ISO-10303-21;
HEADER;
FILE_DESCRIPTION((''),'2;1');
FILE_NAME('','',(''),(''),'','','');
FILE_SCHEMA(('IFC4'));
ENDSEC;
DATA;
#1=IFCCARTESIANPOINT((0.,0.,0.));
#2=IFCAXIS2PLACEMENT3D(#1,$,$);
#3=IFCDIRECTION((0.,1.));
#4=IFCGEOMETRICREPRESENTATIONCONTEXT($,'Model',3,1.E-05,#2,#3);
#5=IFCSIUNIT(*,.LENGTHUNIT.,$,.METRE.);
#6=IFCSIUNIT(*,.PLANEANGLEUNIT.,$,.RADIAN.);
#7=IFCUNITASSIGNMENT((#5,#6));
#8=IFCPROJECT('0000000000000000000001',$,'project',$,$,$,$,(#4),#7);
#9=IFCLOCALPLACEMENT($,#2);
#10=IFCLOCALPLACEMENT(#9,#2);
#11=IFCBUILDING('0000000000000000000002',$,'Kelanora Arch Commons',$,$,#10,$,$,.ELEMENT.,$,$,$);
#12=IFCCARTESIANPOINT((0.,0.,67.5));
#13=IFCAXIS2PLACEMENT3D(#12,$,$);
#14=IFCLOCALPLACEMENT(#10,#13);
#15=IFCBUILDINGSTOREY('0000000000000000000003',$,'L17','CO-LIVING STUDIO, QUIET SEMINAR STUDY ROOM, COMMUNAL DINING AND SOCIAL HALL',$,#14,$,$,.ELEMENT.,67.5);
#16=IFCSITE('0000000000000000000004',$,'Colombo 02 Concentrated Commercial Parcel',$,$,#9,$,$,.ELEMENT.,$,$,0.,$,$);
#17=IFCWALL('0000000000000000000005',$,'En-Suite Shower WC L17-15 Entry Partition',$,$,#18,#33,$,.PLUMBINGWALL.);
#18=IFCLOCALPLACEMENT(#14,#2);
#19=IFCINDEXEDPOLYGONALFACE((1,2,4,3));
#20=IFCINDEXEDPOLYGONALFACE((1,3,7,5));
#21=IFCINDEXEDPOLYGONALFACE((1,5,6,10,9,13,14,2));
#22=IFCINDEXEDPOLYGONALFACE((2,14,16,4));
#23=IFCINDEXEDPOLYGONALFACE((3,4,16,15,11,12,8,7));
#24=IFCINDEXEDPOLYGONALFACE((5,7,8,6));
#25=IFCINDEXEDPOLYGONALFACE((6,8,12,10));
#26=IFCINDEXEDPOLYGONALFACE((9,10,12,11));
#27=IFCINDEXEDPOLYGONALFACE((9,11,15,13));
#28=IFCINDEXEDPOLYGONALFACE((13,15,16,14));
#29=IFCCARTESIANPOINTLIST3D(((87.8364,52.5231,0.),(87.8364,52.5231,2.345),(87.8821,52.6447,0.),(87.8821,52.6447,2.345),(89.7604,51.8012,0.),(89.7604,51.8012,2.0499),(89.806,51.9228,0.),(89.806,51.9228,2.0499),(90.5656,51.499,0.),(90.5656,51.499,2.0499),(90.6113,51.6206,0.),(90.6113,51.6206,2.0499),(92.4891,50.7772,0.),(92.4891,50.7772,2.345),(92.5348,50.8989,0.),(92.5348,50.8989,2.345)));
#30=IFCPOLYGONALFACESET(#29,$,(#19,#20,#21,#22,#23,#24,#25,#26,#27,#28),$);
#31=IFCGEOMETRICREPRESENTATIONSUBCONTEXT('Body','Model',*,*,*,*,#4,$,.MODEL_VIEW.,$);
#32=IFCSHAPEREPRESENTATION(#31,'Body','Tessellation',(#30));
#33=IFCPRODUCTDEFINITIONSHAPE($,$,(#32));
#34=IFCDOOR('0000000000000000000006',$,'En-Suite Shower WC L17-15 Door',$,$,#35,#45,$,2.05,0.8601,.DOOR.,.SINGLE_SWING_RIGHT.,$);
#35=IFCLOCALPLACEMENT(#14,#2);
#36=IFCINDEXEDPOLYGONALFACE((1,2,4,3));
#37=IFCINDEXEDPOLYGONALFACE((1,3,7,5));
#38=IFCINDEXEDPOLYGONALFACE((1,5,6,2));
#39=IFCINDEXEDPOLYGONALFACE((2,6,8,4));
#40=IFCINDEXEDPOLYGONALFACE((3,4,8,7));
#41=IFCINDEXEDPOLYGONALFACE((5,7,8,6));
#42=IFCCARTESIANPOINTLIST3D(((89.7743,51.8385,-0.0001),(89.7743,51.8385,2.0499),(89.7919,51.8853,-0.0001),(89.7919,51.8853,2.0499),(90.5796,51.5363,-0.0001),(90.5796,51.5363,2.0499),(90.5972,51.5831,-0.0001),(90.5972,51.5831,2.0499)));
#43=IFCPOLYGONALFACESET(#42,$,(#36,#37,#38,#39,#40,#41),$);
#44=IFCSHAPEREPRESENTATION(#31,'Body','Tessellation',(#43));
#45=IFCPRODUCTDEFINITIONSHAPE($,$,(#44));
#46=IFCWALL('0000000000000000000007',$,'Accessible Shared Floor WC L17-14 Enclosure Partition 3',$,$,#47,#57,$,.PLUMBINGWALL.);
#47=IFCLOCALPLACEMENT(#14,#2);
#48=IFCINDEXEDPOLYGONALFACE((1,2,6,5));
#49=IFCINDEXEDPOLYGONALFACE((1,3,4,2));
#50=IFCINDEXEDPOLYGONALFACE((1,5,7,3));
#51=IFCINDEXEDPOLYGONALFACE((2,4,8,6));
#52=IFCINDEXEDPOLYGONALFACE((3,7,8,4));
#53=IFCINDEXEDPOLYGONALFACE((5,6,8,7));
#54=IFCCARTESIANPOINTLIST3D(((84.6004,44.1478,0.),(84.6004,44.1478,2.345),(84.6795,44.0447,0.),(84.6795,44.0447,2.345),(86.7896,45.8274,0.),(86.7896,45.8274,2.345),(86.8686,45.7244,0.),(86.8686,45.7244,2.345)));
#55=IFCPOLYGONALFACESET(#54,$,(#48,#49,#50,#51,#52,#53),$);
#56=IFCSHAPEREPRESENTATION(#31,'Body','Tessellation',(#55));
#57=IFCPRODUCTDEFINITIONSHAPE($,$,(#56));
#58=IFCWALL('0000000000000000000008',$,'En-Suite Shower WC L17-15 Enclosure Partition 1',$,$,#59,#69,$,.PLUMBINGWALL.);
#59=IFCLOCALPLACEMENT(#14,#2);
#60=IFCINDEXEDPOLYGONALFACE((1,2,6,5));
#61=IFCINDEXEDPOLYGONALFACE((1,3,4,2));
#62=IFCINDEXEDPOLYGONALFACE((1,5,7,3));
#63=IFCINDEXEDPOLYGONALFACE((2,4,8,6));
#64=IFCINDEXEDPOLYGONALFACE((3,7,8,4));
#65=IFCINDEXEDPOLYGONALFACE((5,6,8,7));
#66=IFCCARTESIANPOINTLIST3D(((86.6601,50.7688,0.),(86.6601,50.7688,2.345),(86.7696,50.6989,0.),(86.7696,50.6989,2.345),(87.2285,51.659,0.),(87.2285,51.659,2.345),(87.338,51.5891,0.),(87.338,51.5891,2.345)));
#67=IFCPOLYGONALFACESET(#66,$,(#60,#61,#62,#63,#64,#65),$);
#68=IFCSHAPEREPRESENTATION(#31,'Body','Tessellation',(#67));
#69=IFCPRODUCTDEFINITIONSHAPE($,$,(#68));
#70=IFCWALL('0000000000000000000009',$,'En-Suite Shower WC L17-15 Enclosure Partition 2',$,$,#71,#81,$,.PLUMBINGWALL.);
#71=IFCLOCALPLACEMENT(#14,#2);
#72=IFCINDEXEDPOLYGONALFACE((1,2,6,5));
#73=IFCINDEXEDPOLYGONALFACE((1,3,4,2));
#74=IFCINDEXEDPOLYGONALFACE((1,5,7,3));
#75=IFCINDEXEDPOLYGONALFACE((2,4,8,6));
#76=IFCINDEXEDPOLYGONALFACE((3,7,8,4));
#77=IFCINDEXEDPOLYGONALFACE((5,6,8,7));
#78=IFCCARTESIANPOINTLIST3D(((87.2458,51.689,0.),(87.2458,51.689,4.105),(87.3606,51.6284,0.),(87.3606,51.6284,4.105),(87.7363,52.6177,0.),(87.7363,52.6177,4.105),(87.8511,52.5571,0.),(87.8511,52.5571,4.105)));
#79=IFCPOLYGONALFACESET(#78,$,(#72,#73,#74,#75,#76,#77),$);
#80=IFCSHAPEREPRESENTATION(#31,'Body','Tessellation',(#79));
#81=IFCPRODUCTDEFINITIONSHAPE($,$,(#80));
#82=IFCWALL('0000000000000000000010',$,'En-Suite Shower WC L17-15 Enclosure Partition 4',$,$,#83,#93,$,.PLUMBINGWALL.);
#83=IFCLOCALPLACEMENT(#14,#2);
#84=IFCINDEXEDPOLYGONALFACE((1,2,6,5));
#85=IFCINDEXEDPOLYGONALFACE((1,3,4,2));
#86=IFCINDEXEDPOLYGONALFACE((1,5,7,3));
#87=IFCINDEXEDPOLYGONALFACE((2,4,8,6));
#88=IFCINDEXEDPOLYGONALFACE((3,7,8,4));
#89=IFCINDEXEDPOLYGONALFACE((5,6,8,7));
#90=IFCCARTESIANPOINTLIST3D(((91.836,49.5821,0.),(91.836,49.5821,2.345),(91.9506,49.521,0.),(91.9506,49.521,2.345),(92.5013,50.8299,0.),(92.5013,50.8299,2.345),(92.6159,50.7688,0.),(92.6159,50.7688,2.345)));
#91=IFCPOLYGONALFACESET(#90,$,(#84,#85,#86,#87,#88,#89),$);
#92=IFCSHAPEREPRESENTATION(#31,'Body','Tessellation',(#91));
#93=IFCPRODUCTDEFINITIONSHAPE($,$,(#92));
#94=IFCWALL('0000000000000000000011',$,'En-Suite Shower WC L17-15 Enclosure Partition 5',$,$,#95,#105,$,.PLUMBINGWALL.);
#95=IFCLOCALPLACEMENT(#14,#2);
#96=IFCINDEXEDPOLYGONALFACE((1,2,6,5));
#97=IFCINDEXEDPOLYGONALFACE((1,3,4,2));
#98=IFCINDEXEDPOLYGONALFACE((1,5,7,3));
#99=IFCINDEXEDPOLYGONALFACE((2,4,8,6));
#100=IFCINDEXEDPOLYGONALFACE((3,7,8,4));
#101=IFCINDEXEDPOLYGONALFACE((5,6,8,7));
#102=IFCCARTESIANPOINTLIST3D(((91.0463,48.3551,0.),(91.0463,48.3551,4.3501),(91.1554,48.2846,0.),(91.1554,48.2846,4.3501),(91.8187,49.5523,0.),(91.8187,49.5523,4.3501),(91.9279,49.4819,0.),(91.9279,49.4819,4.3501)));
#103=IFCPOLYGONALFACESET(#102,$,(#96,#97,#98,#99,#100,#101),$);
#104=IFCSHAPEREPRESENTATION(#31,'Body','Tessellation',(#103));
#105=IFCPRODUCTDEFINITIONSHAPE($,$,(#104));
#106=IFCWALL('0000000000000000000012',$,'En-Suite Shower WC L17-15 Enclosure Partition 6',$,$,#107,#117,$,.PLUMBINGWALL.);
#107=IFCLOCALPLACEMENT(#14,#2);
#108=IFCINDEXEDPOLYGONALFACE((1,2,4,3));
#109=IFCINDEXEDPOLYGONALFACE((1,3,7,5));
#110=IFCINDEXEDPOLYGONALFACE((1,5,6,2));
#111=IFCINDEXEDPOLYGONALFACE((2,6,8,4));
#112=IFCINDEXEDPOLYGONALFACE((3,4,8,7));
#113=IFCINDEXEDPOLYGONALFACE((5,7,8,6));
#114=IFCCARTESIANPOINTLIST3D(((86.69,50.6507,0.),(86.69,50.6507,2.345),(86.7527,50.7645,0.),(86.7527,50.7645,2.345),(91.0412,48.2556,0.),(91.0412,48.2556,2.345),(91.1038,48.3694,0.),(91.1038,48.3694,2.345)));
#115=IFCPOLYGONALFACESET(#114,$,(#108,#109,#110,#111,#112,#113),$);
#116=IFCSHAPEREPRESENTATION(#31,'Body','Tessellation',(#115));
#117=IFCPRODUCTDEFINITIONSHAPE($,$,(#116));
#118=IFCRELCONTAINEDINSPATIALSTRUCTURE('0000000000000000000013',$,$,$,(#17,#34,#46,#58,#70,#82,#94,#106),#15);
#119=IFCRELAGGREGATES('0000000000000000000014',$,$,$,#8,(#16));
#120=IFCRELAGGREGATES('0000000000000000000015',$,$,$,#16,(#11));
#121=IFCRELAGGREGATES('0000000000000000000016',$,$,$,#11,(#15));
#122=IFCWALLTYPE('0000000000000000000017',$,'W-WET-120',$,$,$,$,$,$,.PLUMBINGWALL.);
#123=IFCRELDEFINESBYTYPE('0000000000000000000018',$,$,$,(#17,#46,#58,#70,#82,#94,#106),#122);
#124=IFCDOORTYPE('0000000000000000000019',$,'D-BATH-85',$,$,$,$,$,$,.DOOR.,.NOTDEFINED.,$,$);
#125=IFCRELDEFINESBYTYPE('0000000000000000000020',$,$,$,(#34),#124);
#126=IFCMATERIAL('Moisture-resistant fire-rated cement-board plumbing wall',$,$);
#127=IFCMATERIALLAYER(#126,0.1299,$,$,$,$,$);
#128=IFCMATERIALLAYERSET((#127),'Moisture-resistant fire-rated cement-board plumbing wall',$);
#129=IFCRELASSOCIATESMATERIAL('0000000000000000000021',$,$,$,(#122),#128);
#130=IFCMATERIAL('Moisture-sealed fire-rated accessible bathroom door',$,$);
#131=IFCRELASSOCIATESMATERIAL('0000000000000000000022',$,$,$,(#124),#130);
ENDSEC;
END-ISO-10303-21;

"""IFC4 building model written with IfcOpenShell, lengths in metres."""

from ifc_helpers import new_model, si_unit, direction, frame, frame_2d, origin, place, context, subcontext, project, spatial, rectangle, extrude, material, layer, layer_set, type_object, element, fill, save


model = new_model("IFC4")

# Units and contexts
model_context = context("Model", 3, precision=1e-05, world=origin(), true_north=direction((0.0, 1.0)))
body_context = subcontext(model_context, "Body", "Model", "MODEL_VIEW")
ifc_project = project(units=[si_unit("LENGTHUNIT", "METRE"), si_unit("PLANEANGLEUNIT", "RADIAN")], contexts=[model_context])

# Site, building, storey
site_placement = place(None, origin())
site = spatial("IfcSite", under=ifc_project, at=site_placement, Name="Colombo 02 Concentrated Commercial Parcel", CompositionType="ELEMENT", RefElevation=0.0)
building_placement = place(site_placement, origin())
building = spatial("IfcBuilding", under=site, at=building_placement, Name="Kelanora Arch Commons", CompositionType="ELEMENT")
storey_placement = place(building_placement, frame((0.0, 0.0, 67.5)))
storey = spatial("IfcBuildingStorey", under=building, at=storey_placement, Name="L17", Description="CO-LIVING STUDIO, QUIET SEMINAR STUDY ROOM, COMMUNAL DINING AND SOCIAL HALL", CompositionType="ELEMENT", Elevation=67.5)

# Wall, opening, door
ifc_material_1 = material(Name="Moisture-resistant fire-rated cement-board plumbing wall")
ifc_layer_1 = layer(ifc_material_1, 0.1299)
ifc_layer_set_1 = layer_set([ifc_layer_1], Name="Moisture-resistant fire-rated cement-board plumbing wall")
wall_type_1 = type_object("IfcWallType", Name="W-WET-120", PredefinedType="PLUMBINGWALL", material=ifc_layer_set_1)
wall_1_placement = place(storey_placement, frame((87.8591, 52.584, 0.0), z_axis=(0.0, 0.0, 1.0), x_axis=(0.936254, -0.351323, 0.0)))
wall_1 = element("IfcWall", 1, at=wall_1_placement, inside=storey, type_object=wall_type_1, Name="En-Suite Shower WC L17-15 Entry Partition", PredefinedType="PLUMBINGWALL", context=body_context, shape_type="SweptSolid", body=[
    extrude(rectangle(XDim=4.9695, YDim=0.1299, at=frame_2d((2.4849, 0.0))), origin(), (0.0, 0.0, 1.0), 2.345),
])
opening_1_placement = place(wall_1_placement, frame((2.0549, 0.0, 0.0)))
opening_1 = element("IfcOpeningElement", 2, at=opening_1_placement, cuts=wall_1, PredefinedType="OPENING", context=body_context, shape_type="SweptSolid", body=[
    extrude(rectangle(XDim=0.8601, YDim=2.05, at=frame_2d((0.4302, 1.0249))), frame((0.0, 0.075, 0.0), z_axis=(0.0, -1.0, 0.0), x_axis=(1.0, 0.0, 0.0)), (0.0, 0.0, 1.0), 0.1499),
])
ifc_material_2 = material(Name="Moisture-sealed fire-rated accessible bathroom door")
door_type_1 = type_object("IfcDoorType", Name="D-BATH-85", OperationType="NOTDEFINED", PredefinedType="DOOR", material=ifc_material_2)
door_1_placement = place(opening_1_placement, origin())
door_1 = element("IfcDoor", 3, at=door_1_placement, inside=storey, type_object=door_type_1, Name="En-Suite Shower WC L17-15 Door", OperationType="SINGLE_SWING_RIGHT", OverallHeight=2.05, OverallWidth=0.8601, PredefinedType="DOOR", context=body_context, shape_type="SweptSolid", body=[
    extrude(rectangle(XDim=0.8601, YDim=2.05, at=frame_2d((0.4302, 1.0249))), frame((0.0, 0.0249, 0.0), z_axis=(0.0, -1.0, 0.0), x_axis=(1.0, 0.0, 0.0)), (0.0, 0.0, 1.0), 0.05),
])
fill(opening_1, door_1)

# Walls
wall_2_placement = place(storey_placement, frame((86.8291, 45.7759, 0.0), z_axis=(0.0, 0.0, 1.0), x_axis=(-0.79338, -0.608727, 0.0)))
element("IfcWall", 4, at=wall_2_placement, inside=storey, type_object=wall_type_1, Name="Accessible Shared Floor WC L17-14 Enclosure Partition 3", PredefinedType="PLUMBINGWALL", context=body_context, shape_type="SweptSolid", body=[
    extrude(rectangle(XDim=2.7593, YDim=0.1299, at=frame_2d((1.3796, 0.0))), origin(), (0.0, 0.0, 1.0), 2.345),
])
wall_3_placement = place(storey_placement, frame((86.7148, 50.7339, 0.0), z_axis=(0.0, 0.0, 1.0), x_axis=(0.538161, 0.842842, 0.0)))
element("IfcWall", 5, at=wall_3_placement, inside=storey, type_object=wall_type_1, Name="En-Suite Shower WC L17-15 Enclosure Partition 1", PredefinedType="PLUMBINGWALL", context=body_context, shape_type="SweptSolid", body=[
    extrude(rectangle(XDim=1.0562, YDim=0.1299, at=frame_2d((0.5281, 0.0))), origin(), (0.0, 0.0, 1.0), 2.345),
])
wall_4_placement = place(storey_placement, frame((87.3032, 51.6587, 0.0), z_axis=(0.0, 0.0, 1.0), x_axis=(0.467001, 0.884257, 0.0)))
element("IfcWall", 6, at=wall_4_placement, inside=storey, type_object=wall_type_1, Name="En-Suite Shower WC L17-15 Enclosure Partition 2", PredefinedType="PLUMBINGWALL", context=body_context, shape_type="SweptSolid", body=[
    extrude(rectangle(XDim=1.0503, YDim=0.1299, at=frame_2d((0.5251, 0.0))), origin(), (0.0, 0.0, 1.0), 4.105),
])
wall_5_placement = place(storey_placement, frame((92.5586, 50.7993, 0.0), z_axis=(0.0, 0.0, 1.0), x_axis=(-0.470472, -0.882415, 0.0)))
element("IfcWall", 7, at=wall_5_placement, inside=storey, type_object=wall_type_1, Name="En-Suite Shower WC L17-15 Enclosure Partition 4", PredefinedType="PLUMBINGWALL", context=body_context, shape_type="SweptSolid", body=[
    extrude(rectangle(XDim=1.4141, YDim=0.1299, at=frame_2d((0.707, 0.0))), origin(), (0.0, 0.0, 1.0), 2.345),
])
wall_6_placement = place(storey_placement, frame((91.8733, 49.5171, 0.0), z_axis=(0.0, 0.0, 1.0), x_axis=(-0.542142, -0.840287, 0.0)))
element("IfcWall", 8, at=wall_6_placement, inside=storey, type_object=wall_type_1, Name="En-Suite Shower WC L17-15 Enclosure Partition 5", PredefinedType="PLUMBINGWALL", context=body_context, shape_type="SweptSolid", body=[
    extrude(rectangle(XDim=1.4248, YDim=0.1299, at=frame_2d((0.7124, 0.0))), origin(), (0.0, 0.0, 1.0), 4.3501),
])
wall_7_placement = place(storey_placement, frame((91.0725, 48.3125, 0.0), z_axis=(0.0, 0.0, 1.0), x_axis=(-0.876052, 0.482217, 0.0)))
element("IfcWall", 9, at=wall_7_placement, inside=storey, type_object=wall_type_1, Name="En-Suite Shower WC L17-15 Enclosure Partition 6", PredefinedType="PLUMBINGWALL", context=body_context, shape_type="SweptSolid", body=[
    extrude(rectangle(XDim=4.9668, YDim=0.1299, at=frame_2d((2.4834, 0.0))), origin(), (0.0, 0.0, 1.0), 2.345),
])

save(model, "model.ifc")
